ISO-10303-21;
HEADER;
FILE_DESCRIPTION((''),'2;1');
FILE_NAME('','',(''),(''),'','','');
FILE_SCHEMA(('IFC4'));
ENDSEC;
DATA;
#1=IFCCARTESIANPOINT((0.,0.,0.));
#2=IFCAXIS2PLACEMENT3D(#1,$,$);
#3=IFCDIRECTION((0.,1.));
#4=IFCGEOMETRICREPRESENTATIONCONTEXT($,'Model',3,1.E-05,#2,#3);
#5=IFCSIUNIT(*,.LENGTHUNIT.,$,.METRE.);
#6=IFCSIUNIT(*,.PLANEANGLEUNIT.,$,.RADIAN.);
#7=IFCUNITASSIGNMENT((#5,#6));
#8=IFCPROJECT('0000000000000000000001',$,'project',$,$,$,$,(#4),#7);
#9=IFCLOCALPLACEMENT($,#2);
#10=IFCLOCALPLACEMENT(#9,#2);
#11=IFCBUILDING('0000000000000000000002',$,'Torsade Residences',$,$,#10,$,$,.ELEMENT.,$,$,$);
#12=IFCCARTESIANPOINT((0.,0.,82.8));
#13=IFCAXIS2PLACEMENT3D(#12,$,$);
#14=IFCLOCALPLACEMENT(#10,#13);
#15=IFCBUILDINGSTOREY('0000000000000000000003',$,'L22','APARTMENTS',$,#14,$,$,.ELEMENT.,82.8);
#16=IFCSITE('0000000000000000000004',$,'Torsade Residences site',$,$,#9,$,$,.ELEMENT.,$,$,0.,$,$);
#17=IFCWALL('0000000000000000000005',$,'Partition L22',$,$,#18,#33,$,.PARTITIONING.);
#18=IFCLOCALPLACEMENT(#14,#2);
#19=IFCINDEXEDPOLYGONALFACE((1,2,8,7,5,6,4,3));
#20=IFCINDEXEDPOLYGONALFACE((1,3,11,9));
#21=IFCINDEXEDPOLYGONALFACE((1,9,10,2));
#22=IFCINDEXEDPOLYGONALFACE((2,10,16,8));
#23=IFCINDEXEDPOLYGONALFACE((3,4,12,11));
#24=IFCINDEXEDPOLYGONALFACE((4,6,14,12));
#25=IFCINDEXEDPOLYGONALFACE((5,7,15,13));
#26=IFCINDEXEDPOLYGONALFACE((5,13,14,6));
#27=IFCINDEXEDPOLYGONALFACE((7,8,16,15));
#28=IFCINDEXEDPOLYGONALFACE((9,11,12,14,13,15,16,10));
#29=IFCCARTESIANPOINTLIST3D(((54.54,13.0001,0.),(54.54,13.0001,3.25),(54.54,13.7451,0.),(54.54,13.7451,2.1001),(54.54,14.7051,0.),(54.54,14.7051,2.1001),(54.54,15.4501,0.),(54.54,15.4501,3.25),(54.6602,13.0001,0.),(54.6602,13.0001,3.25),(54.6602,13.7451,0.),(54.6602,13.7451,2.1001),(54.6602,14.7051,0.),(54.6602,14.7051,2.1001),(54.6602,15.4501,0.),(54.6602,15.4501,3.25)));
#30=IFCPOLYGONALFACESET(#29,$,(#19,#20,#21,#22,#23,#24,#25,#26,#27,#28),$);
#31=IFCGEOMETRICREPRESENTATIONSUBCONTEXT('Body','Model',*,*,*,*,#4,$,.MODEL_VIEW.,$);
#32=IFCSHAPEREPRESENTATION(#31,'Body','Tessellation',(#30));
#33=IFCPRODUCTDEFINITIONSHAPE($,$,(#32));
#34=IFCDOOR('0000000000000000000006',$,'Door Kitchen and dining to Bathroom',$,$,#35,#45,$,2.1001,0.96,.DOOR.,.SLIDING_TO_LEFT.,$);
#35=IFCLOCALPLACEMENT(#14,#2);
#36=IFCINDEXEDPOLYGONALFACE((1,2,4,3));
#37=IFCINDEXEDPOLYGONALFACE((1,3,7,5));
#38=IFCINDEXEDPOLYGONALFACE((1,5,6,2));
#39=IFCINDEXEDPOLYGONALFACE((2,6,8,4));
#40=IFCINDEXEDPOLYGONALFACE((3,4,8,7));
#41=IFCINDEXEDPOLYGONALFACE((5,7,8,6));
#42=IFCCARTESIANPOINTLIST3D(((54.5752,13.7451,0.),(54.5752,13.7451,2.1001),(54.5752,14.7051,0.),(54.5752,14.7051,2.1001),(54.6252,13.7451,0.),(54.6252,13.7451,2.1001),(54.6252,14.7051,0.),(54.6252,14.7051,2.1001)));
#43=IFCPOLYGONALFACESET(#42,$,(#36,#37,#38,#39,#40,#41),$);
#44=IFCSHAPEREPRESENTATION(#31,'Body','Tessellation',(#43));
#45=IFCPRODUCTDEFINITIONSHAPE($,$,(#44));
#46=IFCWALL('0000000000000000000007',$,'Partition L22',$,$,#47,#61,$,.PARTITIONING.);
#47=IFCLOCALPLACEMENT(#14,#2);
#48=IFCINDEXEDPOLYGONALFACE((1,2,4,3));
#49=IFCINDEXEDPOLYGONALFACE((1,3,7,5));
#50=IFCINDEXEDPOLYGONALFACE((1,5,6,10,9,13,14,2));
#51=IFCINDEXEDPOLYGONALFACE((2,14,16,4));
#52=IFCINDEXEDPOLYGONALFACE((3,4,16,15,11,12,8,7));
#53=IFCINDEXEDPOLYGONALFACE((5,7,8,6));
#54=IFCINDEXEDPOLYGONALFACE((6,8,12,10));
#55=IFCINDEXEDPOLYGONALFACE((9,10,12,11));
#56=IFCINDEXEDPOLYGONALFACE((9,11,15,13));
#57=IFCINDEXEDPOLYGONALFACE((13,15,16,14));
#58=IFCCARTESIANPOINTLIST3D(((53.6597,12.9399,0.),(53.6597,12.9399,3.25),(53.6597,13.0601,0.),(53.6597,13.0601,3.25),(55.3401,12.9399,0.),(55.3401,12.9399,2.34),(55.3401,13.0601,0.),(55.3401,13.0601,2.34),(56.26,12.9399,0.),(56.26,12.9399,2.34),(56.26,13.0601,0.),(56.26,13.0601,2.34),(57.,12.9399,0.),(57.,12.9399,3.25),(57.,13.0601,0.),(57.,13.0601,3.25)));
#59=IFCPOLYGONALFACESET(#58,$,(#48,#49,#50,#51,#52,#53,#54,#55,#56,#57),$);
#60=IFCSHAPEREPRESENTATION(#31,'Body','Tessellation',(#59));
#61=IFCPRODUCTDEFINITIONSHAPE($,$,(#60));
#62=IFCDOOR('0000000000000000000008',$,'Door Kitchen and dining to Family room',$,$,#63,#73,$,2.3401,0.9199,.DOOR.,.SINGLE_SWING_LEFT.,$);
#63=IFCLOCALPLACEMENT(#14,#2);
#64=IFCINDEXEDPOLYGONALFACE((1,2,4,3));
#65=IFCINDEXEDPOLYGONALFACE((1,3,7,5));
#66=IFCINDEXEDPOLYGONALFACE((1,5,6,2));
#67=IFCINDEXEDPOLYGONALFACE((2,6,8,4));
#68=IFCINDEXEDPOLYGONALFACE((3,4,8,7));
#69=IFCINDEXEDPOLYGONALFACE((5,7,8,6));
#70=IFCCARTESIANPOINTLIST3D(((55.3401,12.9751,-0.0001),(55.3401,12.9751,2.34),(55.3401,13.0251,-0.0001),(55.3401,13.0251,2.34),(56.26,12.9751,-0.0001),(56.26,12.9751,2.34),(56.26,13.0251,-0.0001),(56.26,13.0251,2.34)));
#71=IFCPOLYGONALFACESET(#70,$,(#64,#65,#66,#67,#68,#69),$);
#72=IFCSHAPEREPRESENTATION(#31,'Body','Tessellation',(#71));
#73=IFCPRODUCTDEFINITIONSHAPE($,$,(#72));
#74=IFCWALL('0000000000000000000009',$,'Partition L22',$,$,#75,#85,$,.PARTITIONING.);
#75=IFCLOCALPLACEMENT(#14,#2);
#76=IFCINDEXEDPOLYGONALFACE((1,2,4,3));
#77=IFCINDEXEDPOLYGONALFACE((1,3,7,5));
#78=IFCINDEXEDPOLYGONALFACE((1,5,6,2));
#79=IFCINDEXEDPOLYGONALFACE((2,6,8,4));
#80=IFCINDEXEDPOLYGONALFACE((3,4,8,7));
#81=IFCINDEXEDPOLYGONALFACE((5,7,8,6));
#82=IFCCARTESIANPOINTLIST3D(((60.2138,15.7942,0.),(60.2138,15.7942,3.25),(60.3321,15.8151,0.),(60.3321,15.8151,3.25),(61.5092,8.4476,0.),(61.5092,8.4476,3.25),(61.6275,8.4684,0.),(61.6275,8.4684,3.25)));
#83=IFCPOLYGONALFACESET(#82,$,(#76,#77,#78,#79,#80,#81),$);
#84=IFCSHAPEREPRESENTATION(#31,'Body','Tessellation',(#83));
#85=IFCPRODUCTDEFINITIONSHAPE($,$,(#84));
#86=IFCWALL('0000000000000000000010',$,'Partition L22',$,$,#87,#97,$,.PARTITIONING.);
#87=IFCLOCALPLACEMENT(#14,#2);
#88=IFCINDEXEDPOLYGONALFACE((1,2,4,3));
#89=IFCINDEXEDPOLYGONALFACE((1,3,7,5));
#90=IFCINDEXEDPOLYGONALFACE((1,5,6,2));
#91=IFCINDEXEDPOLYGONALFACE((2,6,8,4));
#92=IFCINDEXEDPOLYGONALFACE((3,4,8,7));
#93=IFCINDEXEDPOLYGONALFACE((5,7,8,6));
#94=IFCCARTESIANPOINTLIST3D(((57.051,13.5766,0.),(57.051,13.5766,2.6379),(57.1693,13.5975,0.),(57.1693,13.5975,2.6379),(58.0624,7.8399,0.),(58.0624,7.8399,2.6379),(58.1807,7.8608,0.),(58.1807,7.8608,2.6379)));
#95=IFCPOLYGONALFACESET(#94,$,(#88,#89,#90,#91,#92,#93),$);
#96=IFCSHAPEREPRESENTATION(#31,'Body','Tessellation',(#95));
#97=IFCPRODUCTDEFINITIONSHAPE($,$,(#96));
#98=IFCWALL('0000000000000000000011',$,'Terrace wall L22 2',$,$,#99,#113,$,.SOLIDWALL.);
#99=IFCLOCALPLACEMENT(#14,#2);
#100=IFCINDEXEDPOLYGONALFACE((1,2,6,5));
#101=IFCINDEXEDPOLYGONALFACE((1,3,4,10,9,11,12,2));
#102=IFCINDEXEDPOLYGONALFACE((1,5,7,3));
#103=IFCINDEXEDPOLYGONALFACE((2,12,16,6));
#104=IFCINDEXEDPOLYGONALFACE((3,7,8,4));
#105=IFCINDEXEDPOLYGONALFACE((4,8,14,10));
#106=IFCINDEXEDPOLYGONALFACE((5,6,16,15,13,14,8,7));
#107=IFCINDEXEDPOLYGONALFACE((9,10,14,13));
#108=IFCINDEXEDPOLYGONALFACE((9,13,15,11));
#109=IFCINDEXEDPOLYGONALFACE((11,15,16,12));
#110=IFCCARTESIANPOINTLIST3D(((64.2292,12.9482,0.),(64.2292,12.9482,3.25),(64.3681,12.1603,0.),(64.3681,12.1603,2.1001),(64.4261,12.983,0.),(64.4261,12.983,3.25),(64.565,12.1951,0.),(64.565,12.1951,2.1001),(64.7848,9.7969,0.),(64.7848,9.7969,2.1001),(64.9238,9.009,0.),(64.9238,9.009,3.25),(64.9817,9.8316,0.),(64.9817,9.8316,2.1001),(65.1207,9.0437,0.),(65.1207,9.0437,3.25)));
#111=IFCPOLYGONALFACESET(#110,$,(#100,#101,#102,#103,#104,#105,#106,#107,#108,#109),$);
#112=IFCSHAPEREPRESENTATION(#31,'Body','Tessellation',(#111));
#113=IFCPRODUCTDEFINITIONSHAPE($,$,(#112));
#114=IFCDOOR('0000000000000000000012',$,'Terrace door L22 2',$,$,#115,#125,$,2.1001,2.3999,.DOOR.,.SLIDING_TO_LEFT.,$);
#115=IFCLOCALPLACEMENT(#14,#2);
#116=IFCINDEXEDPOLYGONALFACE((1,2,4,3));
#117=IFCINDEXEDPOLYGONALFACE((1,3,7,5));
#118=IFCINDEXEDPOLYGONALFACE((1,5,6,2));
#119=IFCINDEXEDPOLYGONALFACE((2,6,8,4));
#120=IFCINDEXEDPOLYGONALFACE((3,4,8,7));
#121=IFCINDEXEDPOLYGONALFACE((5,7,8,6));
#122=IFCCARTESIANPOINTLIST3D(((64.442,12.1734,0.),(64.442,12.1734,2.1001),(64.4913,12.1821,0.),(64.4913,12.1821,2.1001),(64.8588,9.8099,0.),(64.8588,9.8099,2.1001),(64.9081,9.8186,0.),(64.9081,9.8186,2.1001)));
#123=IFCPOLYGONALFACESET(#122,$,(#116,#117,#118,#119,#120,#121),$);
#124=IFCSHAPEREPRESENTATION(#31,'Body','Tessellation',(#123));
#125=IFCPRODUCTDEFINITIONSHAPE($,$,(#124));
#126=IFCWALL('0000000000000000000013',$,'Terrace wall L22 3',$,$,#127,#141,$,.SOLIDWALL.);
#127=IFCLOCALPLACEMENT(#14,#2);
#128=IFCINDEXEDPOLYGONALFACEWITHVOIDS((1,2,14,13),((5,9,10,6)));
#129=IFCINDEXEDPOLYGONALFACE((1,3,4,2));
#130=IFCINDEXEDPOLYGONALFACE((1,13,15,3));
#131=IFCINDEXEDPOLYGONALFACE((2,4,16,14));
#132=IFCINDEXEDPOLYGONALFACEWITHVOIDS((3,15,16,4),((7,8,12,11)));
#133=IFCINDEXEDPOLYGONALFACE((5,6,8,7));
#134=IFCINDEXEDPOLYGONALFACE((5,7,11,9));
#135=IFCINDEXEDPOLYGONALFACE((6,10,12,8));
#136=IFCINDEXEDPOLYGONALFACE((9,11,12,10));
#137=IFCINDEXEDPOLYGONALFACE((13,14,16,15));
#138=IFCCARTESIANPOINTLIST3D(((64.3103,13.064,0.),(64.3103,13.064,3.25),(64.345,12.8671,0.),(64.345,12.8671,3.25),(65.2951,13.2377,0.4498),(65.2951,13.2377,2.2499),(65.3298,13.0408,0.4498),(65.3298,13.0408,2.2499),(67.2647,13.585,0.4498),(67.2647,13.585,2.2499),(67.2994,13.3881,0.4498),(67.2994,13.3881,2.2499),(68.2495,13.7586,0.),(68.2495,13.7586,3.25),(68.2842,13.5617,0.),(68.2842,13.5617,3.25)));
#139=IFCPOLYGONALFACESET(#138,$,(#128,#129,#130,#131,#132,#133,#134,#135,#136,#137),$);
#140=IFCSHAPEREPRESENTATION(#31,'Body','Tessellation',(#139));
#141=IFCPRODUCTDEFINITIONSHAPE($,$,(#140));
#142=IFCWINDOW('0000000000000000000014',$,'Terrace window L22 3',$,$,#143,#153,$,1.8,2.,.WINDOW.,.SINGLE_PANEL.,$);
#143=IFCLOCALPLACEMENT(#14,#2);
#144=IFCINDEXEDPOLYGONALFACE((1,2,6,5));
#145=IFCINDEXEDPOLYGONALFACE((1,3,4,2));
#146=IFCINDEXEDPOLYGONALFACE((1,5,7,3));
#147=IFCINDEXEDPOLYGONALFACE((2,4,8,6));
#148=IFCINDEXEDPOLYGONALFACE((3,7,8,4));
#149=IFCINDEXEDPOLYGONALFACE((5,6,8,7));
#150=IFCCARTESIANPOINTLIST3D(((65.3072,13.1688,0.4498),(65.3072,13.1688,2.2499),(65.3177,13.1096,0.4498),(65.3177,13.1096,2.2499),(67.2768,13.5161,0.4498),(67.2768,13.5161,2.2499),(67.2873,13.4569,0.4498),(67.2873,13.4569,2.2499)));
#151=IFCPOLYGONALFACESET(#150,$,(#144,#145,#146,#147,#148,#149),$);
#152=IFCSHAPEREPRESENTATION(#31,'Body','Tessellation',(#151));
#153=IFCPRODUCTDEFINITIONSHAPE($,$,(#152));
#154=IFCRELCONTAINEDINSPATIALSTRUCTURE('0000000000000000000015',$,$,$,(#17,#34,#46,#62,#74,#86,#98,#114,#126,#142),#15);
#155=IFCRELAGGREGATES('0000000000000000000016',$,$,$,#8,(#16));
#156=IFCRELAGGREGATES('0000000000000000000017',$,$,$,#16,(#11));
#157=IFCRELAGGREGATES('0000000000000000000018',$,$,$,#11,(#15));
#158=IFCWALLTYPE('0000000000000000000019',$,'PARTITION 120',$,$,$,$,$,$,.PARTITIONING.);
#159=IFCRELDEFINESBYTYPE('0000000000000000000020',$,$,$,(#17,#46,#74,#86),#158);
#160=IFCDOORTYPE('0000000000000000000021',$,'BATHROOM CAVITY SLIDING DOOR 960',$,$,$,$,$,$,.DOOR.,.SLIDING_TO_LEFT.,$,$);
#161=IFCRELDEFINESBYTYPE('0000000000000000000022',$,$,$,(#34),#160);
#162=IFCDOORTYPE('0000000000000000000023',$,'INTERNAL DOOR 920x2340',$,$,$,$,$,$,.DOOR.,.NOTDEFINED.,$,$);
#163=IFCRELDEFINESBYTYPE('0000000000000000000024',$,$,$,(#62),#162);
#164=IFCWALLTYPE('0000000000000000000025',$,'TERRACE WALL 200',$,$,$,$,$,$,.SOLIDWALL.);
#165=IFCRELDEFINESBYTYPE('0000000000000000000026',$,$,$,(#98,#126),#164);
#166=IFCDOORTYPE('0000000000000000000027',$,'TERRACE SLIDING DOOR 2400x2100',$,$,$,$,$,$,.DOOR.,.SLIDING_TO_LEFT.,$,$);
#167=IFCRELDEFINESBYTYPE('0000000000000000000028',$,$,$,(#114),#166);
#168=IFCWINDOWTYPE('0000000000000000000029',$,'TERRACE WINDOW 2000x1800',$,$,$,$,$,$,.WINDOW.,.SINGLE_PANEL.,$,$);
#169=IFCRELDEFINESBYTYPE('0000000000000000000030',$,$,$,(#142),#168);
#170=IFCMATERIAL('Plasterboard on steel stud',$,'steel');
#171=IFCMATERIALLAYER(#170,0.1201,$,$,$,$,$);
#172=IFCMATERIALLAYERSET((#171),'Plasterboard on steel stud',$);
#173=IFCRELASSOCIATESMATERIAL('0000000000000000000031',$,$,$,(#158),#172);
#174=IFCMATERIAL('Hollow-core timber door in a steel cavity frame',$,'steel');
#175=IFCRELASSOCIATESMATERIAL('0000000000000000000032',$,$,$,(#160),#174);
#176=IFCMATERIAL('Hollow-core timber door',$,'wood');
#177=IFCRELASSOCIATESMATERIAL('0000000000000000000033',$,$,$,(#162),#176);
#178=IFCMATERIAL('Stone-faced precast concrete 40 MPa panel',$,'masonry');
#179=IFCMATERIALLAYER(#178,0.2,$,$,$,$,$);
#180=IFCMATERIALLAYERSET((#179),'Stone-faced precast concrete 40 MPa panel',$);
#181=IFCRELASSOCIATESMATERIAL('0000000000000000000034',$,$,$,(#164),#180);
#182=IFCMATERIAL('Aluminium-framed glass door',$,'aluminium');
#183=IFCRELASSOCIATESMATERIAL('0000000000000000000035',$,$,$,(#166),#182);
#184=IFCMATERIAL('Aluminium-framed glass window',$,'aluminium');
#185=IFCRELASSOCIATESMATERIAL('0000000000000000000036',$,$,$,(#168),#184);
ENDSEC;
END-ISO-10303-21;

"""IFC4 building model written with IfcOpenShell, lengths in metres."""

from ifc_helpers import new_model, si_unit, direction, frame, frame_2d, origin, place, context, subcontext, project, spatial, rectangle, extrude, material, layer, layer_set, type_object, element, fill, save


model = new_model("IFC4")

# Units and contexts
model_context = context("Model", 3, precision=1e-05, world=origin(), true_north=direction((0.0, 1.0)))
body_context = subcontext(model_context, "Body", "Model", "MODEL_VIEW")
ifc_project = project(units=[si_unit("LENGTHUNIT", "METRE"), si_unit("PLANEANGLEUNIT", "RADIAN")], contexts=[model_context])

# Site, building, storey
site_placement = place(None, origin())
site = spatial("IfcSite", under=ifc_project, at=site_placement, Name="Torsade Residences site", CompositionType="ELEMENT", RefElevation=0.0)
building_placement = place(site_placement, origin())
building = spatial("IfcBuilding", under=site, at=building_placement, Name="Torsade Residences", CompositionType="ELEMENT")
storey_placement = place(building_placement, frame((0.0, 0.0, 82.8)))
storey = spatial("IfcBuildingStorey", under=building, at=storey_placement, Name="L22", Description="APARTMENTS", CompositionType="ELEMENT", Elevation=82.8)

# Walls, openings, doors
ifc_material_1 = material(Name="Plasterboard on steel stud", Category="steel")
ifc_layer_1 = layer(ifc_material_1, 0.1201)
ifc_layer_set_1 = layer_set([ifc_layer_1], Name="Plasterboard on steel stud")
wall_type_1 = type_object("IfcWallType", Name="PARTITION 120", PredefinedType="PARTITIONING", material=ifc_layer_set_1)
wall_1_placement = place(storey_placement, frame((54.6001, 13.0, 0.0), z_axis=(0.0, 0.0, 1.0), x_axis=(0.0, 1.0, 0.0)))
wall_1 = element("IfcWall", 1, at=wall_1_placement, inside=storey, type_object=wall_type_1, Name="Partition L22", PredefinedType="PARTITIONING", context=body_context, shape_type="SweptSolid", body=[
    extrude(rectangle(XDim=2.45, YDim=0.1201, at=frame_2d((1.2251, 0.0))), origin(), (0.0, 0.0, 1.0), 3.25),
])
opening_1_placement = place(wall_1_placement, frame((0.7451, 0.0, 0.0)))
opening_1 = element("IfcOpeningElement", 2, at=opening_1_placement, cuts=wall_1, PredefinedType="OPENING", context=body_context, shape_type="SweptSolid", body=[
    extrude(rectangle(XDim=0.96, YDim=2.1001, at=frame_2d((0.48, 1.05))), frame((0.0, 0.0701, 0.0), z_axis=(0.0, -1.0, 0.0), x_axis=(1.0, 0.0, 0.0)), (0.0, 0.0, 1.0), 0.1401),
])
ifc_material_2 = material(Name="Hollow-core timber door in a steel cavity frame", Category="steel")
door_type_1 = type_object("IfcDoorType", Name="BATHROOM CAVITY SLIDING DOOR 960", OperationType="SLIDING_TO_LEFT", PredefinedType="DOOR", material=ifc_material_2)
door_1_placement = place(opening_1_placement, origin())
door_1 = element("IfcDoor", 3, at=door_1_placement, inside=storey, type_object=door_type_1, Name="Door Kitchen and dining to Bathroom", OperationType="SLIDING_TO_LEFT", OverallHeight=2.1001, OverallWidth=0.96, PredefinedType="DOOR", context=body_context, shape_type="SweptSolid", body=[
    extrude(rectangle(XDim=0.96, YDim=2.1001, at=frame_2d((0.48, 1.05))), frame((0.0, 0.0249, 0.0), z_axis=(0.0, -1.0, 0.0), x_axis=(1.0, 0.0, 0.0)), (0.0, 0.0, 1.0), 0.05),
])
fill(opening_1, door_1)
wall_2_placement = place(storey_placement, frame((57.0, 13.0, 0.0), z_axis=(0.0, 0.0, 1.0), x_axis=(-1.0, 0.0, 0.0)))
wall_2 = element("IfcWall", 4, at=wall_2_placement, inside=storey, type_object=wall_type_1, Name="Partition L22", PredefinedType="PARTITIONING", context=body_context, shape_type="SweptSolid", body=[
    extrude(rectangle(XDim=3.3403, YDim=0.1201, at=frame_2d((1.6702, 0.0))), origin(), (0.0, 0.0, 1.0), 3.25),
])
opening_2_placement = place(wall_2_placement, frame((0.74, 0.0, 0.0)))
opening_2 = element("IfcOpeningElement", 5, at=opening_2_placement, cuts=wall_2, PredefinedType="OPENING", context=body_context, shape_type="SweptSolid", body=[
    extrude(rectangle(XDim=0.9199, YDim=2.3401, at=frame_2d((0.46, 1.1699))), frame((0.0, 0.0701, 0.0), z_axis=(0.0, -1.0, 0.0), x_axis=(1.0, 0.0, 0.0)), (0.0, 0.0, 1.0), 0.1401),
])
ifc_material_3 = material(Name="Hollow-core timber door", Category="wood")
door_type_2 = type_object("IfcDoorType", Name="INTERNAL DOOR 920x2340", OperationType="NOTDEFINED", PredefinedType="DOOR", material=ifc_material_3)
door_2_placement = place(opening_2_placement, origin())
door_2 = element("IfcDoor", 6, at=door_2_placement, inside=storey, type_object=door_type_2, Name="Door Kitchen and dining to Family room", OperationType="SINGLE_SWING_LEFT", OverallHeight=2.3401, OverallWidth=0.9199, PredefinedType="DOOR", context=body_context, shape_type="SweptSolid", body=[
    extrude(rectangle(XDim=0.9199, YDim=2.3401, at=frame_2d((0.46, 1.1699))), frame((0.0, 0.0249, 0.0), z_axis=(0.0, -1.0, 0.0), x_axis=(1.0, 0.0, 0.0)), (0.0, 0.0, 1.0), 0.05),
])
fill(opening_2, door_2)

# Walls
wall_3_placement = place(storey_placement, frame((61.5684, 8.458, 0.0), z_axis=(0.0, 0.0, 1.0), x_axis=(-0.173647, 0.984808, 0.0)))
element("IfcWall", 7, at=wall_3_placement, inside=storey, type_object=wall_type_1, Name="Partition L22", PredefinedType="PARTITIONING", context=body_context, shape_type="SweptSolid", body=[
    extrude(rectangle(XDim=7.46, YDim=0.1201, at=frame_2d((3.73, 0.0))), origin(), (0.0, 0.0, 1.0), 3.25),
])
wall_4_placement = place(storey_placement, frame((58.1216, 7.8503, 0.0), z_axis=(0.0, 0.0, 1.0), x_axis=(-0.173635, 0.98481, 0.0)))
element("IfcWall", 8, at=wall_4_placement, inside=storey, type_object=wall_type_1, Name="Partition L22", PredefinedType="PARTITIONING", context=body_context, shape_type="SweptSolid", body=[
    extrude(rectangle(XDim=5.8252, YDim=0.1201, at=frame_2d((2.9126, 0.0))), origin(), (0.0, 0.0, 1.0), 2.6379),
])

# Wall, opening, door
ifc_material_4 = material(Name="Stone-faced precast concrete 40 MPa panel", Category="masonry")
ifc_layer_2 = layer(ifc_material_4, 0.2)
ifc_layer_set_2 = layer_set([ifc_layer_2], Name="Stone-faced precast concrete 40 MPa panel")
wall_type_2 = type_object("IfcWallType", Name="TERRACE WALL 200", PredefinedType="SOLIDWALL", material=ifc_layer_set_2)
wall_5_placement = place(storey_placement, frame((65.0222, 9.0264, 0.0), z_axis=(0.0, 0.0, 1.0), x_axis=(-0.173646, 0.984808, 0.0)))
wall_5 = element("IfcWall", 9, at=wall_5_placement, inside=storey, type_object=wall_type_2, Name="Terrace wall L22 2", PredefinedType="SOLIDWALL", context=body_context, shape_type="SweptSolid", body=[
    extrude(rectangle(XDim=4.0, YDim=0.2, at=frame_2d((2.0, 0.0))), origin(), (0.0, 0.0, 1.0), 3.25),
])
opening_3_placement = place(wall_5_placement, frame((0.8, 0.0, 0.0)))
opening_3 = element("IfcOpeningElement", 10, at=opening_3_placement, cuts=wall_5, PredefinedType="OPENING", context=body_context, shape_type="SweptSolid", body=[
    extrude(rectangle(XDim=2.3999, YDim=2.1001, at=frame_2d((1.2, 1.05))), frame((0.0, 0.1099, 0.0), z_axis=(0.0, -1.0, 0.0), x_axis=(1.0, 0.0, 0.0)), (0.0, 0.0, 1.0), 0.22),
])
ifc_material_5 = material(Name="Aluminium-framed glass door", Category="aluminium")
door_type_3 = type_object("IfcDoorType", Name="TERRACE SLIDING DOOR 2400x2100", OperationType="SLIDING_TO_LEFT", PredefinedType="DOOR", material=ifc_material_5)
door_3_placement = place(opening_3_placement, origin())
door_3 = element("IfcDoor", 11, at=door_3_placement, inside=storey, type_object=door_type_3, Name="Terrace door L22 2", OperationType="SLIDING_TO_LEFT", OverallHeight=2.1001, OverallWidth=2.3999, PredefinedType="DOOR", context=body_context, shape_type="SweptSolid", body=[
    extrude(rectangle(XDim=2.3999, YDim=2.1001, at=frame_2d((1.2, 1.05))), frame((0.0, 0.0249, 0.0), z_axis=(0.0, -1.0, 0.0), x_axis=(1.0, 0.0, 0.0)), (0.0, 0.0, 1.0), 0.05),
])
fill(opening_3, door_3)

# Wall, opening, window
wall_6_placement = place(storey_placement, frame((64.3276, 12.9656, 0.0), z_axis=(0.0, 0.0, 1.0), x_axis=(0.984808, 0.173646, 0.0)))
wall_6 = element("IfcWall", 12, at=wall_6_placement, inside=storey, type_object=wall_type_2, Name="Terrace wall L22 3", PredefinedType="SOLIDWALL", context=body_context, shape_type="SweptSolid", body=[
    extrude(rectangle(XDim=4.0, YDim=0.2, at=frame_2d((2.0, 0.0))), origin(), (0.0, 0.0, 1.0), 3.25),
])
opening_4_placement = place(wall_6_placement, frame((1.0, 0.0, 0.45)))
opening_4 = element("IfcOpeningElement", 13, at=opening_4_placement, cuts=wall_6, PredefinedType="OPENING", context=body_context, shape_type="SweptSolid", body=[
    extrude(rectangle(XDim=2.0, YDim=1.8, at=frame_2d((1.0, 0.8999))), frame((0.0, 0.1099, 0.0), z_axis=(0.0, -1.0, 0.0), x_axis=(1.0, 0.0, 0.0)), (0.0, 0.0, 1.0), 0.22),
])
ifc_material_6 = material(Name="Aluminium-framed glass window", Category="aluminium")
window_type = type_object("IfcWindowType", Name="TERRACE WINDOW 2000x1800", PartitioningType="SINGLE_PANEL", PredefinedType="WINDOW", material=ifc_material_6)
window_placement = place(opening_4_placement, origin())
window = element("IfcWindow", 14, at=window_placement, inside=storey, type_object=window_type, Name="Terrace window L22 3", OverallHeight=1.8, OverallWidth=2.0, PartitioningType="SINGLE_PANEL", PredefinedType="WINDOW", context=body_context, shape_type="SweptSolid", body=[
    extrude(rectangle(XDim=2.0, YDim=1.8, at=frame_2d((1.0, 0.8999))), frame((0.0, 0.03, 0.0), z_axis=(0.0, -1.0, 0.0), x_axis=(1.0, 0.0, 0.0)), (0.0, 0.0, 1.0), 0.0601),
])
fill(opening_4, window)

save(model, "model.ifc")
